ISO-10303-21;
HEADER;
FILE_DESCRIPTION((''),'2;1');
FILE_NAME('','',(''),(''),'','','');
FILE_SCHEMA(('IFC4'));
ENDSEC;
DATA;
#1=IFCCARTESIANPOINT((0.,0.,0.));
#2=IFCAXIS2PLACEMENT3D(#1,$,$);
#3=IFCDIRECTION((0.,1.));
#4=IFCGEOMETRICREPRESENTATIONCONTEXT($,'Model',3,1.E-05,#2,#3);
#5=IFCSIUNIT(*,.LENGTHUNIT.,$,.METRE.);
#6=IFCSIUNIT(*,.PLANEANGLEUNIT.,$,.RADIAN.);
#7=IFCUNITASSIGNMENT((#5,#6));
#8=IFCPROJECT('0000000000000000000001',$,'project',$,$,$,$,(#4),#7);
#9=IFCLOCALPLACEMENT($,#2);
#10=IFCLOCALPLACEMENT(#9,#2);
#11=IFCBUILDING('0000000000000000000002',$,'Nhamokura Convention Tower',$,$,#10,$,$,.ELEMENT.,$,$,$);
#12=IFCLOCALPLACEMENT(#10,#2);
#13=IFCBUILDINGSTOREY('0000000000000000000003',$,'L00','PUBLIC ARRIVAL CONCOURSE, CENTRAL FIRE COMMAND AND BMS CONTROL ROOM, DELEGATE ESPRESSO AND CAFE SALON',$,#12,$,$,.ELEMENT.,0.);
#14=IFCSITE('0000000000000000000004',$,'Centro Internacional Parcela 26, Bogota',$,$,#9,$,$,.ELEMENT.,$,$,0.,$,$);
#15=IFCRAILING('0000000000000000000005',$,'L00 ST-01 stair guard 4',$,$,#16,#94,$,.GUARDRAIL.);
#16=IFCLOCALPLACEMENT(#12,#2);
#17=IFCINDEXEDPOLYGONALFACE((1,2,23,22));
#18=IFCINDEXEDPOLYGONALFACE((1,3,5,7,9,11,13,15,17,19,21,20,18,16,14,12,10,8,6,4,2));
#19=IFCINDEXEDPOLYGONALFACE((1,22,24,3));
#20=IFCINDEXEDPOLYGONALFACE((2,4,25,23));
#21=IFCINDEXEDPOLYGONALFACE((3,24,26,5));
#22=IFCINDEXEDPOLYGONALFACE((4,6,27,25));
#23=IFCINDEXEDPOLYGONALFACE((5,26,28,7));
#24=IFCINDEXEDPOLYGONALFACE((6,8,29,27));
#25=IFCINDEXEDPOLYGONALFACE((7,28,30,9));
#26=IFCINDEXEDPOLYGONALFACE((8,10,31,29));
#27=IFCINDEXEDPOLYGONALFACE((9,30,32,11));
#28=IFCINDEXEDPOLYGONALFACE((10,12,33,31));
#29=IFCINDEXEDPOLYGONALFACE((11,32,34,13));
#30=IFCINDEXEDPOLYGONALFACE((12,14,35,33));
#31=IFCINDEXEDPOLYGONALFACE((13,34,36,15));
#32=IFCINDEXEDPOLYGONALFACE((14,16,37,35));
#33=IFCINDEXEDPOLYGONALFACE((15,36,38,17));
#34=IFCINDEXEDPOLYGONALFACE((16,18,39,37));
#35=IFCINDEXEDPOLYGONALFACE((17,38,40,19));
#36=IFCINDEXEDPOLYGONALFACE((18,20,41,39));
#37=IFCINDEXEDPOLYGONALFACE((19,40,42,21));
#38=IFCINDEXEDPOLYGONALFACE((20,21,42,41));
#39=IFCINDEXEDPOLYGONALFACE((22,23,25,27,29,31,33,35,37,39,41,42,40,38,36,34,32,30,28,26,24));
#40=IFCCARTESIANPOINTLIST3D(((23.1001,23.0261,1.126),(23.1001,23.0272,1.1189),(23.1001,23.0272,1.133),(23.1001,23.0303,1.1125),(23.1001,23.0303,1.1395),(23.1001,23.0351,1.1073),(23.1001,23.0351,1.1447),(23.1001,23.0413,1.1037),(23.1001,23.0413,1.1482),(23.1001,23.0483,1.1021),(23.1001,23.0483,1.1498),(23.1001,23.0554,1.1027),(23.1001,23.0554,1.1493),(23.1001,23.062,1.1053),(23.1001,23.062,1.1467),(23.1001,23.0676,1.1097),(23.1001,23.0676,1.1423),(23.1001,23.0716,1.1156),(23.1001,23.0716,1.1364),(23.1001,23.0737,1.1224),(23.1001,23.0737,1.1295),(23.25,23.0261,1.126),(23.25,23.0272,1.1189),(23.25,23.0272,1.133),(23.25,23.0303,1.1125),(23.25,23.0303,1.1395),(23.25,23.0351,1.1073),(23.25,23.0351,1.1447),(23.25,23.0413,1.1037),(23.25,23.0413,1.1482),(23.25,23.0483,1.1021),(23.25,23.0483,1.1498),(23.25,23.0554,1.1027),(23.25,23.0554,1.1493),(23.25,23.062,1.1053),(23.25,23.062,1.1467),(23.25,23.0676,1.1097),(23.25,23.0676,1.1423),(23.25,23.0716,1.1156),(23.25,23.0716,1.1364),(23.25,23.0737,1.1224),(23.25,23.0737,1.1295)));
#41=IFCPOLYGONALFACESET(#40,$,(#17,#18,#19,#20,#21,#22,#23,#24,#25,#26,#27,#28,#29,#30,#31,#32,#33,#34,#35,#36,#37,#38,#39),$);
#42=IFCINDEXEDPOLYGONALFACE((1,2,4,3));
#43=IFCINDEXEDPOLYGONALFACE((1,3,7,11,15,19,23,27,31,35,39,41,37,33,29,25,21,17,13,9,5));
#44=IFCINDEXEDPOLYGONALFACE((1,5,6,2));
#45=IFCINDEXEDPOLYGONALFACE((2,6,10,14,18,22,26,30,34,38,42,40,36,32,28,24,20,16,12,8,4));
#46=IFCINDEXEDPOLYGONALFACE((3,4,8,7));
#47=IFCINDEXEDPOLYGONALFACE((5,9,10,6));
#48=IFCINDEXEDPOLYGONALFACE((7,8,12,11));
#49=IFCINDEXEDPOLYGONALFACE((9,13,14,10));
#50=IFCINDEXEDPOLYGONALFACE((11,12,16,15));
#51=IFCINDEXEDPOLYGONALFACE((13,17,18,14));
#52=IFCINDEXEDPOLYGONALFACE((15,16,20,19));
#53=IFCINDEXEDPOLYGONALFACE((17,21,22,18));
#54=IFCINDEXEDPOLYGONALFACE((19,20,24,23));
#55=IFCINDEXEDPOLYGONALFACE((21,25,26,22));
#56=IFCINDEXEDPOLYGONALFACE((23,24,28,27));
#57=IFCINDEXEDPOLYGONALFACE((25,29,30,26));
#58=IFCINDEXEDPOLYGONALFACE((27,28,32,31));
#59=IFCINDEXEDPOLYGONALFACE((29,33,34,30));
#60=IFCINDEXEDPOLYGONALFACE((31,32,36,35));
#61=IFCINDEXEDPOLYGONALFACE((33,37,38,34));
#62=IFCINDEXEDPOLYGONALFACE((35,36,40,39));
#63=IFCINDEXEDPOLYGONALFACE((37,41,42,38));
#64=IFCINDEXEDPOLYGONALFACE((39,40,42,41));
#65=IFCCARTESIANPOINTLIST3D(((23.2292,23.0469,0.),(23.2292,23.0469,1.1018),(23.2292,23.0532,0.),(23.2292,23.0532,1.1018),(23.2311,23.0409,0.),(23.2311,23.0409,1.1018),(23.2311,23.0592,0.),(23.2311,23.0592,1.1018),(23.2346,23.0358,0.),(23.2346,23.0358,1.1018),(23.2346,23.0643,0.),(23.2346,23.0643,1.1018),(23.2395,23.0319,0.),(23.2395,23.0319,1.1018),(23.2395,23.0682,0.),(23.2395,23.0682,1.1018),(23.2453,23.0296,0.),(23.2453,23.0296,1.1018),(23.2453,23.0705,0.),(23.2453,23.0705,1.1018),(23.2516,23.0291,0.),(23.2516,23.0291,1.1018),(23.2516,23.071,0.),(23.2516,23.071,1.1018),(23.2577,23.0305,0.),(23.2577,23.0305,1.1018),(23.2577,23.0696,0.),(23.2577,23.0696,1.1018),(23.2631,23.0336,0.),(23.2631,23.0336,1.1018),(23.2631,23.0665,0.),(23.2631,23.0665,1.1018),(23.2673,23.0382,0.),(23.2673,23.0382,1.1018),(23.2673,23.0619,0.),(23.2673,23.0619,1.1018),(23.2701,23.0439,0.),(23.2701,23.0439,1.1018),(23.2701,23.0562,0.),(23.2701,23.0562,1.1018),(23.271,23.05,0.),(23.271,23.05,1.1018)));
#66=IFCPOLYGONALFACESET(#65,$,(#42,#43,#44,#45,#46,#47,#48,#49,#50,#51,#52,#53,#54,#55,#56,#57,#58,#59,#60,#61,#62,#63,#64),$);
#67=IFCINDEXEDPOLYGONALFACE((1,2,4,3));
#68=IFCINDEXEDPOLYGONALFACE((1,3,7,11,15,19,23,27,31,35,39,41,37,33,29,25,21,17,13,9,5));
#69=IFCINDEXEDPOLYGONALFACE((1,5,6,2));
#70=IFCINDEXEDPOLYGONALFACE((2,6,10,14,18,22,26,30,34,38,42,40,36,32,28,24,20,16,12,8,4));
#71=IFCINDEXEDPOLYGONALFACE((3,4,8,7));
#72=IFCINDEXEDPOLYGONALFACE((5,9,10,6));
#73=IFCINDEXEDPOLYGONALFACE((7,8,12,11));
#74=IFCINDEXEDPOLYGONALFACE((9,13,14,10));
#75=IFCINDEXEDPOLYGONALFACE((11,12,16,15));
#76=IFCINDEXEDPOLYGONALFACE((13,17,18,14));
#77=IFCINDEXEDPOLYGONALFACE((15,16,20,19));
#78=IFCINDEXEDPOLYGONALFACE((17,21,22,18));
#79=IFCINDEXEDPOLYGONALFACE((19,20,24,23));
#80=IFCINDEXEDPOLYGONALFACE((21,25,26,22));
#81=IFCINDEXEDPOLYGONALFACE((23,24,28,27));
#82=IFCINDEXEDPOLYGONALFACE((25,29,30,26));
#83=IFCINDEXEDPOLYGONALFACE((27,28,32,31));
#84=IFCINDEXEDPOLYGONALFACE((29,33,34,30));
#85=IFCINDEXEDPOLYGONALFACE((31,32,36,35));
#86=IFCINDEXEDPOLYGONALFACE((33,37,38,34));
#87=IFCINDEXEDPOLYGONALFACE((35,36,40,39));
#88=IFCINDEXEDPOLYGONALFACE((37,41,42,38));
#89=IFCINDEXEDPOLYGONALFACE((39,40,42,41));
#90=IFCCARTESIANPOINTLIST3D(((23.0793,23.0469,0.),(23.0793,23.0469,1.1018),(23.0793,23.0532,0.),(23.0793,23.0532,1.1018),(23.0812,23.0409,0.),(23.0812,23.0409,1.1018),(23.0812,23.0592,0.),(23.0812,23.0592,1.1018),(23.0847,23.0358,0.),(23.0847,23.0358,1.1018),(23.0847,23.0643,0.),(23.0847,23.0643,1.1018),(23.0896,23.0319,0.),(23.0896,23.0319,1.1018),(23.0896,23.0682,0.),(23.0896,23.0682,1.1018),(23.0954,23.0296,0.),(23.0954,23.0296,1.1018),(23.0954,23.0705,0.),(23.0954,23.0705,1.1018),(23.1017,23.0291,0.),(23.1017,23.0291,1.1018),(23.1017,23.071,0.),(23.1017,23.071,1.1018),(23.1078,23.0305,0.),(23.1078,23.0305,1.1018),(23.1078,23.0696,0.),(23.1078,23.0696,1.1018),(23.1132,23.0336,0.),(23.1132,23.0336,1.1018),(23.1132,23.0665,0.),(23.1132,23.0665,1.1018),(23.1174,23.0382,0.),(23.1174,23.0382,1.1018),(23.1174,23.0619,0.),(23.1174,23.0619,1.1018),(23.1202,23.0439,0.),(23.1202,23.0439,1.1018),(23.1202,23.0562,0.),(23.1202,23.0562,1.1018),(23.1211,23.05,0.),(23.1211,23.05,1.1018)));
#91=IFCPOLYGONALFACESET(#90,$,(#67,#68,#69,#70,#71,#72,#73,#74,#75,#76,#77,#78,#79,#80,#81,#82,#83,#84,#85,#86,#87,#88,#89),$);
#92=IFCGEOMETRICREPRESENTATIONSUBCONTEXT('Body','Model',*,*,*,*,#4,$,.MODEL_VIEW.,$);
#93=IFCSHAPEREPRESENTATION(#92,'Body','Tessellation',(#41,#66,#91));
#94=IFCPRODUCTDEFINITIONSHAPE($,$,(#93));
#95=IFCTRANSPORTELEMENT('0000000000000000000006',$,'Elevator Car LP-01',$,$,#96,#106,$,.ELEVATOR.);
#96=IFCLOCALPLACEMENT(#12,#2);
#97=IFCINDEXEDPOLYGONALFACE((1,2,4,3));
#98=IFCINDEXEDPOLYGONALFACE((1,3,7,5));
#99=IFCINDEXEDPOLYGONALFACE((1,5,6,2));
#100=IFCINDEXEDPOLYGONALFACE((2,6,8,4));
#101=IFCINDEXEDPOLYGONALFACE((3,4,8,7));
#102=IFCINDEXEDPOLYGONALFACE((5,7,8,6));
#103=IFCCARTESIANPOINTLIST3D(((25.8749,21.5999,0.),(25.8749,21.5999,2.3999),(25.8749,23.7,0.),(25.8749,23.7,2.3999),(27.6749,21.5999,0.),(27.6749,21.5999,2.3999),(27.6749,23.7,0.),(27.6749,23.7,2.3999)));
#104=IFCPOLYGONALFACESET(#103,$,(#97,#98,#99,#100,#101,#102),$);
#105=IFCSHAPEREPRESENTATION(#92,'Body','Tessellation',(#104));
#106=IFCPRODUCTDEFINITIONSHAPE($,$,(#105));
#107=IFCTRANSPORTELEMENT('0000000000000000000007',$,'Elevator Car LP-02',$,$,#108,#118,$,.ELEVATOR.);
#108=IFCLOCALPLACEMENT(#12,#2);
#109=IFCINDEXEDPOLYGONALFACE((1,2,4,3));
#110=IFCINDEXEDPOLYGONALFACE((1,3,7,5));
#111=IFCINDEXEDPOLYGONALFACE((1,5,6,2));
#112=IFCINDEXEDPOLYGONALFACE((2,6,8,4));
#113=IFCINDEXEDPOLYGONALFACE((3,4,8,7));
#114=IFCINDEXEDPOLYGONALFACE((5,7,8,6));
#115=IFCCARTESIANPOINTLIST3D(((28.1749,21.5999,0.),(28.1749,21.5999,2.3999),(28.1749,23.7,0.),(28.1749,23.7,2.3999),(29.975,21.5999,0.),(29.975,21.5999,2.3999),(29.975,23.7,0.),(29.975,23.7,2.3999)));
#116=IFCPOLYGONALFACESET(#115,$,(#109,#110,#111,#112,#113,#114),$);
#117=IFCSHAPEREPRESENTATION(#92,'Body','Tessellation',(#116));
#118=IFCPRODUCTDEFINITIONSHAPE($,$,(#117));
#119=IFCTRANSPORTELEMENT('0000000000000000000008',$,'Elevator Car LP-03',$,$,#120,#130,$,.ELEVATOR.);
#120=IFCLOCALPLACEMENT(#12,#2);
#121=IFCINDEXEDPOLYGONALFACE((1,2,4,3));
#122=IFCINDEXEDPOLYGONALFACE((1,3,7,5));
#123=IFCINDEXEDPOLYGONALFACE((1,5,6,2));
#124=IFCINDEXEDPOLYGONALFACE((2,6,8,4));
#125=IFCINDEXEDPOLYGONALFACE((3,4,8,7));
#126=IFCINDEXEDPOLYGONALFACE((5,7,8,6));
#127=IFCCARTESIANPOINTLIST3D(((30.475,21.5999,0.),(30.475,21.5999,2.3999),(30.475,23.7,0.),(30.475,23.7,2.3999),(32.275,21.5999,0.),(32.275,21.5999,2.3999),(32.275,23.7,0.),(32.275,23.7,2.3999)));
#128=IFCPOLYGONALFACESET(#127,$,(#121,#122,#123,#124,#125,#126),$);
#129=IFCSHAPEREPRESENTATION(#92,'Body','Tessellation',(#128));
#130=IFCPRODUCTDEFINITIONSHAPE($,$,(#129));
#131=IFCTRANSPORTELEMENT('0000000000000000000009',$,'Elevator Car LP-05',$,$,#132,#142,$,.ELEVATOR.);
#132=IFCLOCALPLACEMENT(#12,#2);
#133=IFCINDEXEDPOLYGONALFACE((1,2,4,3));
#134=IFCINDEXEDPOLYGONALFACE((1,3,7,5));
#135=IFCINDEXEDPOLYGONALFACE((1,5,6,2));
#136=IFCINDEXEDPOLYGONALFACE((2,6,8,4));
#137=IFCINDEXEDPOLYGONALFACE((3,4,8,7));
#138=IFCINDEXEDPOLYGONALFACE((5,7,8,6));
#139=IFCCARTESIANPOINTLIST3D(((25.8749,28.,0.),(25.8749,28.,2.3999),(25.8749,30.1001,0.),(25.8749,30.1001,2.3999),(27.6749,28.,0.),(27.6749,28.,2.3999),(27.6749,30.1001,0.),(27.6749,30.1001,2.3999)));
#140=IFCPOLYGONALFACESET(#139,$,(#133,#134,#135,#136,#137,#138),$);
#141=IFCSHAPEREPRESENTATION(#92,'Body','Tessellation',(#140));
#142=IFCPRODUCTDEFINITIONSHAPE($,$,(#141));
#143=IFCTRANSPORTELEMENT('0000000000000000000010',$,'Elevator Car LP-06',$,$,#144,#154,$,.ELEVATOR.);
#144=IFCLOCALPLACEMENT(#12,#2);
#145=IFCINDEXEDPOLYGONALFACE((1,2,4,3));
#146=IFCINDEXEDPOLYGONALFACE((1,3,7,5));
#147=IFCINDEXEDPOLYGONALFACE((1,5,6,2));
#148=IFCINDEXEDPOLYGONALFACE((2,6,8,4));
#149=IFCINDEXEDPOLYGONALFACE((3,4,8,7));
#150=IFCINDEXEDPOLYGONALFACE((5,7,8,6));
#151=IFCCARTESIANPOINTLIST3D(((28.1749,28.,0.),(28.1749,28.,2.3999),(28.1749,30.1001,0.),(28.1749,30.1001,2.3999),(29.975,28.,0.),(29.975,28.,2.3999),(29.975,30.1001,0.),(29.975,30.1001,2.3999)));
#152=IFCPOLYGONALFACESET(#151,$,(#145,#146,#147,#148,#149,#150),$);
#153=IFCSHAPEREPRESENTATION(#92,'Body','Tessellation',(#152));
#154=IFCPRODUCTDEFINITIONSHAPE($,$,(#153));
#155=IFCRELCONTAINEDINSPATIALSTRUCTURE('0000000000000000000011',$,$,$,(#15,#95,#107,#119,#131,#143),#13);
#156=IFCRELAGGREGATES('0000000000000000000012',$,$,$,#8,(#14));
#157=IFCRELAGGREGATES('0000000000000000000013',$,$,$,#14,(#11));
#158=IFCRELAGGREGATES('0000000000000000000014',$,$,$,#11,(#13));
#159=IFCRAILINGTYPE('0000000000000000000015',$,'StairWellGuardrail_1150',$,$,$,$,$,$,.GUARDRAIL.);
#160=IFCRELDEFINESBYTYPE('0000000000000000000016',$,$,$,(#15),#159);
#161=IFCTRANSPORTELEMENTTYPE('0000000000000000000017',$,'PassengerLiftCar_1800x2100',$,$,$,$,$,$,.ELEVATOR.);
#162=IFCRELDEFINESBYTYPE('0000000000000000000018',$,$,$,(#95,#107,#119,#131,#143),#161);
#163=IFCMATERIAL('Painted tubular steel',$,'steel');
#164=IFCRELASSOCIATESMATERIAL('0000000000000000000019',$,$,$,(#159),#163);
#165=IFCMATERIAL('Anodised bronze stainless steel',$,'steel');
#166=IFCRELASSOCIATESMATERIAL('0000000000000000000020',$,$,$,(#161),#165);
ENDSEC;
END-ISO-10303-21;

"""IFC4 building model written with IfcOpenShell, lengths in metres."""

from ifc_helpers import new_model, si_unit, direction, frame, origin, origin_2d, place, context, subcontext, project, spatial, rectangle, circle, extrude, material, type_object, element, save


model = new_model("IFC4")

# Units and contexts
model_context = context("Model", 3, precision=1e-05, world=origin(), true_north=direction((0.0, 1.0)))
body_context = subcontext(model_context, "Body", "Model", "MODEL_VIEW")
ifc_project = project(units=[si_unit("LENGTHUNIT", "METRE"), si_unit("PLANEANGLEUNIT", "RADIAN")], contexts=[model_context])

# Site, building, storey
site_placement = place(None, origin())
site = spatial("IfcSite", under=ifc_project, at=site_placement, Name="Centro Internacional Parcela 26, Bogota", CompositionType="ELEMENT", RefElevation=0.0)
building_placement = place(site_placement, origin())
building = spatial("IfcBuilding", under=site, at=building_placement, Name="Nhamokura Convention Tower", CompositionType="ELEMENT")
storey_placement = place(building_placement, origin())
storey = spatial("IfcBuildingStorey", under=building, at=storey_placement, Name="L00", Description="PUBLIC ARRIVAL CONCOURSE, CENTRAL FIRE COMMAND AND BMS CONTROL ROOM, DELEGATE ESPRESSO AND CAFE SALON", CompositionType="ELEMENT", Elevation=0.0)

# Railing
ifc_material_1 = material(Name="Painted tubular steel", Category="steel")
railing_type_1 = type_object("IfcRailingType", Name="StairWellGuardrail_1150", PredefinedType="GUARDRAIL", material=ifc_material_1)
railing_1_placement = place(storey_placement, frame((23.25, 23.05, 0.0)))
element("IfcRailing", 1, at=railing_1_placement, inside=storey, type_object=railing_type_1, Name="L00 ST-01 stair guard 4", PredefinedType="GUARDRAIL", context=body_context, shape_type="SweptSolid", body=[
    extrude(circle(Radius=0.0239, at=origin_2d()), frame((0.0, 0.0, 1.126), z_axis=(-1.0, 0.0, 0.0), x_axis=(0.0, -1.0, 0.0)), (0.0, 0.0, 1.0), 0.1499),
    extrude(circle(Radius=0.021, at=origin_2d()), origin(), (0.0, 0.0, 1.0), 1.1018),
    extrude(circle(Radius=0.021, at=origin_2d()), frame((-0.1499, 0.0, 0.0)), (0.0, 0.0, 1.0), 1.1018),
])

# Transport elements
ifc_material_2 = material(Name="Anodised bronze stainless steel", Category="steel")
transport_element_type = type_object("IfcTransportElementType", Name="PassengerLiftCar_1800x2100", PredefinedType="ELEVATOR", material=ifc_material_2)
for number, where, z_axis, x_axis, name in (
    (2, (26.7749, 22.6499, 0.0), (0.0, 0.0, 1.0), (1.0, 0.0, 0.0), "Elevator Car LP-01"),
    (3, (29.075, 22.6499, 0.0), (0.0, 0.0, 1.0), (1.0, 0.0, 0.0), "Elevator Car LP-02"),
    (4, (31.375, 22.6499, 0.0), (0.0, 0.0, 1.0), (1.0, 0.0, 0.0), "Elevator Car LP-03"),
    (5, (26.7749, 29.05, 0.0), (0.0, 0.0, 1.0), (1.0, 0.0, 0.0), "Elevator Car LP-05"),
    (6, (29.075, 29.05, 0.0), (0.0, 0.0, 1.0), (1.0, 0.0, 0.0), "Elevator Car LP-06"),
):
    element("IfcTransportElement", number, at=place(storey_placement, frame(where, z_axis=z_axis, x_axis=x_axis)), inside=storey, type_object=transport_element_type, Name=name, PredefinedType="ELEVATOR", context=body_context, shape_type="SweptSolid", body=[
        extrude(rectangle(XDim=1.8, YDim=2.1001, at=origin_2d()), origin(), (0.0, 0.0, 1.0), 2.3999),
    ])

save(model, "model.ifc")
